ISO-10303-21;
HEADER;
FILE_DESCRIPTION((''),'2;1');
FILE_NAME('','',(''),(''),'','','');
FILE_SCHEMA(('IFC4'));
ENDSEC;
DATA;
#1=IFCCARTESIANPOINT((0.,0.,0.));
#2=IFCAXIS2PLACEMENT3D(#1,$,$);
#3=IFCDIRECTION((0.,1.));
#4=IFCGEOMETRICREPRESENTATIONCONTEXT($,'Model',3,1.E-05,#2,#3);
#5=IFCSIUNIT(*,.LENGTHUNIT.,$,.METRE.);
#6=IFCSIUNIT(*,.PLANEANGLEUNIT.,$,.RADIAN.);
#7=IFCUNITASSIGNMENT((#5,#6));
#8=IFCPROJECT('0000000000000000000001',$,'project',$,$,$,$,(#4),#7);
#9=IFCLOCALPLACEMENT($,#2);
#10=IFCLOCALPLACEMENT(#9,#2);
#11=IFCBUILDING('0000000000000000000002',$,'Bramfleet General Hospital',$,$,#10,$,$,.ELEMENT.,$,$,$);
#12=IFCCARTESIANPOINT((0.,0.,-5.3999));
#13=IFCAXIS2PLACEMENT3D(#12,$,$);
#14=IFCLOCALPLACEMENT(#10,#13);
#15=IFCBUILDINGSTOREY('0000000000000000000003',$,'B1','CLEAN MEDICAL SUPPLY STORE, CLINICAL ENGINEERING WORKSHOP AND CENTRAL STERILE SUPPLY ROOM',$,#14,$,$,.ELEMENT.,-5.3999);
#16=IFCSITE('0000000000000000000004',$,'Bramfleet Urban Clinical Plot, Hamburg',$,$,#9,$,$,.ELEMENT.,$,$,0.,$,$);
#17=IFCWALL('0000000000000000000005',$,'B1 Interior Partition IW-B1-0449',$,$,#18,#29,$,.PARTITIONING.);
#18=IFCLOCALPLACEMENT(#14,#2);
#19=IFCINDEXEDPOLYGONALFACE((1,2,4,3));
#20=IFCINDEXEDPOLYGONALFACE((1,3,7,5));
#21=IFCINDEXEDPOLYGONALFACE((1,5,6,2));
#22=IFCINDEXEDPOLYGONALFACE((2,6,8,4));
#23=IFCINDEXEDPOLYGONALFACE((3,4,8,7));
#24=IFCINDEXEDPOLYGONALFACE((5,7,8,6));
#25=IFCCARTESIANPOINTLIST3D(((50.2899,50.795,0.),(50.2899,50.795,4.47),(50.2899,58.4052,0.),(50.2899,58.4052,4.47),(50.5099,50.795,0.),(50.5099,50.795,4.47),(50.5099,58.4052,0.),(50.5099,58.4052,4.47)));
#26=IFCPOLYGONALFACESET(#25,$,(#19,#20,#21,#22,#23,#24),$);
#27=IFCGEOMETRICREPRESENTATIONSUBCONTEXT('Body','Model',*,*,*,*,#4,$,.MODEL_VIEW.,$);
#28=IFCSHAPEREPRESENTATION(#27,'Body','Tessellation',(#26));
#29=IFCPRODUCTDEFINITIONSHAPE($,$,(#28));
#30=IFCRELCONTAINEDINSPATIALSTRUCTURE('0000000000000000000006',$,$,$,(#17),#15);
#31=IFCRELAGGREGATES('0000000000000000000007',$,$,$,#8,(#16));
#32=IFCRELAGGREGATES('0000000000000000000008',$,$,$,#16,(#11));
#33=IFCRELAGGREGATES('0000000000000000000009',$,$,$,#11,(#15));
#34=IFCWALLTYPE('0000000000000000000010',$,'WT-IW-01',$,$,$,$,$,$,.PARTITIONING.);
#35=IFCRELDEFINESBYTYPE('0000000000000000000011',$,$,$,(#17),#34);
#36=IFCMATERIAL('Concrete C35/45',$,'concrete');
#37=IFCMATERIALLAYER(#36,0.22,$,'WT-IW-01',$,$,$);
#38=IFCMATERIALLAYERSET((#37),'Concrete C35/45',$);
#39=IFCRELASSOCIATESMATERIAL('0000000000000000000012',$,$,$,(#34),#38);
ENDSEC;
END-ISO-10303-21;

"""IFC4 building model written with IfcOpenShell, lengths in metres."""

from ifc_helpers import new_model, si_unit, direction, frame, frame_2d, origin, place, context, subcontext, project, spatial, rectangle, extrude, material, layer, layer_set, type_object, element, save


model = new_model("IFC4")

# Units and contexts
model_context = context("Model", 3, precision=1e-05, world=origin(), true_north=direction((0.0, 1.0)))
body_context = subcontext(model_context, "Body", "Model", "MODEL_VIEW")
ifc_project = project(units=[si_unit("LENGTHUNIT", "METRE"), si_unit("PLANEANGLEUNIT", "RADIAN")], contexts=[model_context])

# Site, building, storey
site_placement = place(None, origin())
site = spatial("IfcSite", under=ifc_project, at=site_placement, Name="Bramfleet Urban Clinical Plot, Hamburg", CompositionType="ELEMENT", RefElevation=0.0)
building_placement = place(site_placement, origin())
building = spatial("IfcBuilding", under=site, at=building_placement, Name="Bramfleet General Hospital", CompositionType="ELEMENT")
storey_placement = place(building_placement, frame((0.0, 0.0, -5.3999)))
storey = spatial("IfcBuildingStorey", under=building, at=storey_placement, Name="B1", Description="CLEAN MEDICAL SUPPLY STORE, CLINICAL ENGINEERING WORKSHOP AND CENTRAL STERILE SUPPLY ROOM", CompositionType="ELEMENT", Elevation=-5.3999)

# Shared definitions
ifc_material_1 = material(Name="Concrete C35/45", Category="concrete")

# Shared definitions
ifc_layer = layer(ifc_material_1, 0.22, Name="WT-IW-01")
ifc_layer_set = layer_set([ifc_layer], Name="Concrete C35/45")
wall_type = type_object("IfcWallType", Name="WT-IW-01", PredefinedType="PARTITIONING", material=ifc_layer_set)

# Wall
wall_1_placement = place(storey_placement, frame((50.3999, 50.7949, 0.0), z_axis=(0.0, 0.0, 1.0), x_axis=(0.0, 1.0, 0.0)))
element("IfcWall", 1, at=wall_1_placement, inside=storey, type_object=wall_type, Name="B1 Interior Partition IW-B1-0449", PredefinedType="PARTITIONING", context=body_context, shape_type="SweptSolid", body=[
    extrude(rectangle(XDim=7.6101, YDim=0.22, at=frame_2d((3.8052, 0.0))), origin(), (0.0, 0.0, 1.0), 4.47),
])

save(model, "model.ifc")
